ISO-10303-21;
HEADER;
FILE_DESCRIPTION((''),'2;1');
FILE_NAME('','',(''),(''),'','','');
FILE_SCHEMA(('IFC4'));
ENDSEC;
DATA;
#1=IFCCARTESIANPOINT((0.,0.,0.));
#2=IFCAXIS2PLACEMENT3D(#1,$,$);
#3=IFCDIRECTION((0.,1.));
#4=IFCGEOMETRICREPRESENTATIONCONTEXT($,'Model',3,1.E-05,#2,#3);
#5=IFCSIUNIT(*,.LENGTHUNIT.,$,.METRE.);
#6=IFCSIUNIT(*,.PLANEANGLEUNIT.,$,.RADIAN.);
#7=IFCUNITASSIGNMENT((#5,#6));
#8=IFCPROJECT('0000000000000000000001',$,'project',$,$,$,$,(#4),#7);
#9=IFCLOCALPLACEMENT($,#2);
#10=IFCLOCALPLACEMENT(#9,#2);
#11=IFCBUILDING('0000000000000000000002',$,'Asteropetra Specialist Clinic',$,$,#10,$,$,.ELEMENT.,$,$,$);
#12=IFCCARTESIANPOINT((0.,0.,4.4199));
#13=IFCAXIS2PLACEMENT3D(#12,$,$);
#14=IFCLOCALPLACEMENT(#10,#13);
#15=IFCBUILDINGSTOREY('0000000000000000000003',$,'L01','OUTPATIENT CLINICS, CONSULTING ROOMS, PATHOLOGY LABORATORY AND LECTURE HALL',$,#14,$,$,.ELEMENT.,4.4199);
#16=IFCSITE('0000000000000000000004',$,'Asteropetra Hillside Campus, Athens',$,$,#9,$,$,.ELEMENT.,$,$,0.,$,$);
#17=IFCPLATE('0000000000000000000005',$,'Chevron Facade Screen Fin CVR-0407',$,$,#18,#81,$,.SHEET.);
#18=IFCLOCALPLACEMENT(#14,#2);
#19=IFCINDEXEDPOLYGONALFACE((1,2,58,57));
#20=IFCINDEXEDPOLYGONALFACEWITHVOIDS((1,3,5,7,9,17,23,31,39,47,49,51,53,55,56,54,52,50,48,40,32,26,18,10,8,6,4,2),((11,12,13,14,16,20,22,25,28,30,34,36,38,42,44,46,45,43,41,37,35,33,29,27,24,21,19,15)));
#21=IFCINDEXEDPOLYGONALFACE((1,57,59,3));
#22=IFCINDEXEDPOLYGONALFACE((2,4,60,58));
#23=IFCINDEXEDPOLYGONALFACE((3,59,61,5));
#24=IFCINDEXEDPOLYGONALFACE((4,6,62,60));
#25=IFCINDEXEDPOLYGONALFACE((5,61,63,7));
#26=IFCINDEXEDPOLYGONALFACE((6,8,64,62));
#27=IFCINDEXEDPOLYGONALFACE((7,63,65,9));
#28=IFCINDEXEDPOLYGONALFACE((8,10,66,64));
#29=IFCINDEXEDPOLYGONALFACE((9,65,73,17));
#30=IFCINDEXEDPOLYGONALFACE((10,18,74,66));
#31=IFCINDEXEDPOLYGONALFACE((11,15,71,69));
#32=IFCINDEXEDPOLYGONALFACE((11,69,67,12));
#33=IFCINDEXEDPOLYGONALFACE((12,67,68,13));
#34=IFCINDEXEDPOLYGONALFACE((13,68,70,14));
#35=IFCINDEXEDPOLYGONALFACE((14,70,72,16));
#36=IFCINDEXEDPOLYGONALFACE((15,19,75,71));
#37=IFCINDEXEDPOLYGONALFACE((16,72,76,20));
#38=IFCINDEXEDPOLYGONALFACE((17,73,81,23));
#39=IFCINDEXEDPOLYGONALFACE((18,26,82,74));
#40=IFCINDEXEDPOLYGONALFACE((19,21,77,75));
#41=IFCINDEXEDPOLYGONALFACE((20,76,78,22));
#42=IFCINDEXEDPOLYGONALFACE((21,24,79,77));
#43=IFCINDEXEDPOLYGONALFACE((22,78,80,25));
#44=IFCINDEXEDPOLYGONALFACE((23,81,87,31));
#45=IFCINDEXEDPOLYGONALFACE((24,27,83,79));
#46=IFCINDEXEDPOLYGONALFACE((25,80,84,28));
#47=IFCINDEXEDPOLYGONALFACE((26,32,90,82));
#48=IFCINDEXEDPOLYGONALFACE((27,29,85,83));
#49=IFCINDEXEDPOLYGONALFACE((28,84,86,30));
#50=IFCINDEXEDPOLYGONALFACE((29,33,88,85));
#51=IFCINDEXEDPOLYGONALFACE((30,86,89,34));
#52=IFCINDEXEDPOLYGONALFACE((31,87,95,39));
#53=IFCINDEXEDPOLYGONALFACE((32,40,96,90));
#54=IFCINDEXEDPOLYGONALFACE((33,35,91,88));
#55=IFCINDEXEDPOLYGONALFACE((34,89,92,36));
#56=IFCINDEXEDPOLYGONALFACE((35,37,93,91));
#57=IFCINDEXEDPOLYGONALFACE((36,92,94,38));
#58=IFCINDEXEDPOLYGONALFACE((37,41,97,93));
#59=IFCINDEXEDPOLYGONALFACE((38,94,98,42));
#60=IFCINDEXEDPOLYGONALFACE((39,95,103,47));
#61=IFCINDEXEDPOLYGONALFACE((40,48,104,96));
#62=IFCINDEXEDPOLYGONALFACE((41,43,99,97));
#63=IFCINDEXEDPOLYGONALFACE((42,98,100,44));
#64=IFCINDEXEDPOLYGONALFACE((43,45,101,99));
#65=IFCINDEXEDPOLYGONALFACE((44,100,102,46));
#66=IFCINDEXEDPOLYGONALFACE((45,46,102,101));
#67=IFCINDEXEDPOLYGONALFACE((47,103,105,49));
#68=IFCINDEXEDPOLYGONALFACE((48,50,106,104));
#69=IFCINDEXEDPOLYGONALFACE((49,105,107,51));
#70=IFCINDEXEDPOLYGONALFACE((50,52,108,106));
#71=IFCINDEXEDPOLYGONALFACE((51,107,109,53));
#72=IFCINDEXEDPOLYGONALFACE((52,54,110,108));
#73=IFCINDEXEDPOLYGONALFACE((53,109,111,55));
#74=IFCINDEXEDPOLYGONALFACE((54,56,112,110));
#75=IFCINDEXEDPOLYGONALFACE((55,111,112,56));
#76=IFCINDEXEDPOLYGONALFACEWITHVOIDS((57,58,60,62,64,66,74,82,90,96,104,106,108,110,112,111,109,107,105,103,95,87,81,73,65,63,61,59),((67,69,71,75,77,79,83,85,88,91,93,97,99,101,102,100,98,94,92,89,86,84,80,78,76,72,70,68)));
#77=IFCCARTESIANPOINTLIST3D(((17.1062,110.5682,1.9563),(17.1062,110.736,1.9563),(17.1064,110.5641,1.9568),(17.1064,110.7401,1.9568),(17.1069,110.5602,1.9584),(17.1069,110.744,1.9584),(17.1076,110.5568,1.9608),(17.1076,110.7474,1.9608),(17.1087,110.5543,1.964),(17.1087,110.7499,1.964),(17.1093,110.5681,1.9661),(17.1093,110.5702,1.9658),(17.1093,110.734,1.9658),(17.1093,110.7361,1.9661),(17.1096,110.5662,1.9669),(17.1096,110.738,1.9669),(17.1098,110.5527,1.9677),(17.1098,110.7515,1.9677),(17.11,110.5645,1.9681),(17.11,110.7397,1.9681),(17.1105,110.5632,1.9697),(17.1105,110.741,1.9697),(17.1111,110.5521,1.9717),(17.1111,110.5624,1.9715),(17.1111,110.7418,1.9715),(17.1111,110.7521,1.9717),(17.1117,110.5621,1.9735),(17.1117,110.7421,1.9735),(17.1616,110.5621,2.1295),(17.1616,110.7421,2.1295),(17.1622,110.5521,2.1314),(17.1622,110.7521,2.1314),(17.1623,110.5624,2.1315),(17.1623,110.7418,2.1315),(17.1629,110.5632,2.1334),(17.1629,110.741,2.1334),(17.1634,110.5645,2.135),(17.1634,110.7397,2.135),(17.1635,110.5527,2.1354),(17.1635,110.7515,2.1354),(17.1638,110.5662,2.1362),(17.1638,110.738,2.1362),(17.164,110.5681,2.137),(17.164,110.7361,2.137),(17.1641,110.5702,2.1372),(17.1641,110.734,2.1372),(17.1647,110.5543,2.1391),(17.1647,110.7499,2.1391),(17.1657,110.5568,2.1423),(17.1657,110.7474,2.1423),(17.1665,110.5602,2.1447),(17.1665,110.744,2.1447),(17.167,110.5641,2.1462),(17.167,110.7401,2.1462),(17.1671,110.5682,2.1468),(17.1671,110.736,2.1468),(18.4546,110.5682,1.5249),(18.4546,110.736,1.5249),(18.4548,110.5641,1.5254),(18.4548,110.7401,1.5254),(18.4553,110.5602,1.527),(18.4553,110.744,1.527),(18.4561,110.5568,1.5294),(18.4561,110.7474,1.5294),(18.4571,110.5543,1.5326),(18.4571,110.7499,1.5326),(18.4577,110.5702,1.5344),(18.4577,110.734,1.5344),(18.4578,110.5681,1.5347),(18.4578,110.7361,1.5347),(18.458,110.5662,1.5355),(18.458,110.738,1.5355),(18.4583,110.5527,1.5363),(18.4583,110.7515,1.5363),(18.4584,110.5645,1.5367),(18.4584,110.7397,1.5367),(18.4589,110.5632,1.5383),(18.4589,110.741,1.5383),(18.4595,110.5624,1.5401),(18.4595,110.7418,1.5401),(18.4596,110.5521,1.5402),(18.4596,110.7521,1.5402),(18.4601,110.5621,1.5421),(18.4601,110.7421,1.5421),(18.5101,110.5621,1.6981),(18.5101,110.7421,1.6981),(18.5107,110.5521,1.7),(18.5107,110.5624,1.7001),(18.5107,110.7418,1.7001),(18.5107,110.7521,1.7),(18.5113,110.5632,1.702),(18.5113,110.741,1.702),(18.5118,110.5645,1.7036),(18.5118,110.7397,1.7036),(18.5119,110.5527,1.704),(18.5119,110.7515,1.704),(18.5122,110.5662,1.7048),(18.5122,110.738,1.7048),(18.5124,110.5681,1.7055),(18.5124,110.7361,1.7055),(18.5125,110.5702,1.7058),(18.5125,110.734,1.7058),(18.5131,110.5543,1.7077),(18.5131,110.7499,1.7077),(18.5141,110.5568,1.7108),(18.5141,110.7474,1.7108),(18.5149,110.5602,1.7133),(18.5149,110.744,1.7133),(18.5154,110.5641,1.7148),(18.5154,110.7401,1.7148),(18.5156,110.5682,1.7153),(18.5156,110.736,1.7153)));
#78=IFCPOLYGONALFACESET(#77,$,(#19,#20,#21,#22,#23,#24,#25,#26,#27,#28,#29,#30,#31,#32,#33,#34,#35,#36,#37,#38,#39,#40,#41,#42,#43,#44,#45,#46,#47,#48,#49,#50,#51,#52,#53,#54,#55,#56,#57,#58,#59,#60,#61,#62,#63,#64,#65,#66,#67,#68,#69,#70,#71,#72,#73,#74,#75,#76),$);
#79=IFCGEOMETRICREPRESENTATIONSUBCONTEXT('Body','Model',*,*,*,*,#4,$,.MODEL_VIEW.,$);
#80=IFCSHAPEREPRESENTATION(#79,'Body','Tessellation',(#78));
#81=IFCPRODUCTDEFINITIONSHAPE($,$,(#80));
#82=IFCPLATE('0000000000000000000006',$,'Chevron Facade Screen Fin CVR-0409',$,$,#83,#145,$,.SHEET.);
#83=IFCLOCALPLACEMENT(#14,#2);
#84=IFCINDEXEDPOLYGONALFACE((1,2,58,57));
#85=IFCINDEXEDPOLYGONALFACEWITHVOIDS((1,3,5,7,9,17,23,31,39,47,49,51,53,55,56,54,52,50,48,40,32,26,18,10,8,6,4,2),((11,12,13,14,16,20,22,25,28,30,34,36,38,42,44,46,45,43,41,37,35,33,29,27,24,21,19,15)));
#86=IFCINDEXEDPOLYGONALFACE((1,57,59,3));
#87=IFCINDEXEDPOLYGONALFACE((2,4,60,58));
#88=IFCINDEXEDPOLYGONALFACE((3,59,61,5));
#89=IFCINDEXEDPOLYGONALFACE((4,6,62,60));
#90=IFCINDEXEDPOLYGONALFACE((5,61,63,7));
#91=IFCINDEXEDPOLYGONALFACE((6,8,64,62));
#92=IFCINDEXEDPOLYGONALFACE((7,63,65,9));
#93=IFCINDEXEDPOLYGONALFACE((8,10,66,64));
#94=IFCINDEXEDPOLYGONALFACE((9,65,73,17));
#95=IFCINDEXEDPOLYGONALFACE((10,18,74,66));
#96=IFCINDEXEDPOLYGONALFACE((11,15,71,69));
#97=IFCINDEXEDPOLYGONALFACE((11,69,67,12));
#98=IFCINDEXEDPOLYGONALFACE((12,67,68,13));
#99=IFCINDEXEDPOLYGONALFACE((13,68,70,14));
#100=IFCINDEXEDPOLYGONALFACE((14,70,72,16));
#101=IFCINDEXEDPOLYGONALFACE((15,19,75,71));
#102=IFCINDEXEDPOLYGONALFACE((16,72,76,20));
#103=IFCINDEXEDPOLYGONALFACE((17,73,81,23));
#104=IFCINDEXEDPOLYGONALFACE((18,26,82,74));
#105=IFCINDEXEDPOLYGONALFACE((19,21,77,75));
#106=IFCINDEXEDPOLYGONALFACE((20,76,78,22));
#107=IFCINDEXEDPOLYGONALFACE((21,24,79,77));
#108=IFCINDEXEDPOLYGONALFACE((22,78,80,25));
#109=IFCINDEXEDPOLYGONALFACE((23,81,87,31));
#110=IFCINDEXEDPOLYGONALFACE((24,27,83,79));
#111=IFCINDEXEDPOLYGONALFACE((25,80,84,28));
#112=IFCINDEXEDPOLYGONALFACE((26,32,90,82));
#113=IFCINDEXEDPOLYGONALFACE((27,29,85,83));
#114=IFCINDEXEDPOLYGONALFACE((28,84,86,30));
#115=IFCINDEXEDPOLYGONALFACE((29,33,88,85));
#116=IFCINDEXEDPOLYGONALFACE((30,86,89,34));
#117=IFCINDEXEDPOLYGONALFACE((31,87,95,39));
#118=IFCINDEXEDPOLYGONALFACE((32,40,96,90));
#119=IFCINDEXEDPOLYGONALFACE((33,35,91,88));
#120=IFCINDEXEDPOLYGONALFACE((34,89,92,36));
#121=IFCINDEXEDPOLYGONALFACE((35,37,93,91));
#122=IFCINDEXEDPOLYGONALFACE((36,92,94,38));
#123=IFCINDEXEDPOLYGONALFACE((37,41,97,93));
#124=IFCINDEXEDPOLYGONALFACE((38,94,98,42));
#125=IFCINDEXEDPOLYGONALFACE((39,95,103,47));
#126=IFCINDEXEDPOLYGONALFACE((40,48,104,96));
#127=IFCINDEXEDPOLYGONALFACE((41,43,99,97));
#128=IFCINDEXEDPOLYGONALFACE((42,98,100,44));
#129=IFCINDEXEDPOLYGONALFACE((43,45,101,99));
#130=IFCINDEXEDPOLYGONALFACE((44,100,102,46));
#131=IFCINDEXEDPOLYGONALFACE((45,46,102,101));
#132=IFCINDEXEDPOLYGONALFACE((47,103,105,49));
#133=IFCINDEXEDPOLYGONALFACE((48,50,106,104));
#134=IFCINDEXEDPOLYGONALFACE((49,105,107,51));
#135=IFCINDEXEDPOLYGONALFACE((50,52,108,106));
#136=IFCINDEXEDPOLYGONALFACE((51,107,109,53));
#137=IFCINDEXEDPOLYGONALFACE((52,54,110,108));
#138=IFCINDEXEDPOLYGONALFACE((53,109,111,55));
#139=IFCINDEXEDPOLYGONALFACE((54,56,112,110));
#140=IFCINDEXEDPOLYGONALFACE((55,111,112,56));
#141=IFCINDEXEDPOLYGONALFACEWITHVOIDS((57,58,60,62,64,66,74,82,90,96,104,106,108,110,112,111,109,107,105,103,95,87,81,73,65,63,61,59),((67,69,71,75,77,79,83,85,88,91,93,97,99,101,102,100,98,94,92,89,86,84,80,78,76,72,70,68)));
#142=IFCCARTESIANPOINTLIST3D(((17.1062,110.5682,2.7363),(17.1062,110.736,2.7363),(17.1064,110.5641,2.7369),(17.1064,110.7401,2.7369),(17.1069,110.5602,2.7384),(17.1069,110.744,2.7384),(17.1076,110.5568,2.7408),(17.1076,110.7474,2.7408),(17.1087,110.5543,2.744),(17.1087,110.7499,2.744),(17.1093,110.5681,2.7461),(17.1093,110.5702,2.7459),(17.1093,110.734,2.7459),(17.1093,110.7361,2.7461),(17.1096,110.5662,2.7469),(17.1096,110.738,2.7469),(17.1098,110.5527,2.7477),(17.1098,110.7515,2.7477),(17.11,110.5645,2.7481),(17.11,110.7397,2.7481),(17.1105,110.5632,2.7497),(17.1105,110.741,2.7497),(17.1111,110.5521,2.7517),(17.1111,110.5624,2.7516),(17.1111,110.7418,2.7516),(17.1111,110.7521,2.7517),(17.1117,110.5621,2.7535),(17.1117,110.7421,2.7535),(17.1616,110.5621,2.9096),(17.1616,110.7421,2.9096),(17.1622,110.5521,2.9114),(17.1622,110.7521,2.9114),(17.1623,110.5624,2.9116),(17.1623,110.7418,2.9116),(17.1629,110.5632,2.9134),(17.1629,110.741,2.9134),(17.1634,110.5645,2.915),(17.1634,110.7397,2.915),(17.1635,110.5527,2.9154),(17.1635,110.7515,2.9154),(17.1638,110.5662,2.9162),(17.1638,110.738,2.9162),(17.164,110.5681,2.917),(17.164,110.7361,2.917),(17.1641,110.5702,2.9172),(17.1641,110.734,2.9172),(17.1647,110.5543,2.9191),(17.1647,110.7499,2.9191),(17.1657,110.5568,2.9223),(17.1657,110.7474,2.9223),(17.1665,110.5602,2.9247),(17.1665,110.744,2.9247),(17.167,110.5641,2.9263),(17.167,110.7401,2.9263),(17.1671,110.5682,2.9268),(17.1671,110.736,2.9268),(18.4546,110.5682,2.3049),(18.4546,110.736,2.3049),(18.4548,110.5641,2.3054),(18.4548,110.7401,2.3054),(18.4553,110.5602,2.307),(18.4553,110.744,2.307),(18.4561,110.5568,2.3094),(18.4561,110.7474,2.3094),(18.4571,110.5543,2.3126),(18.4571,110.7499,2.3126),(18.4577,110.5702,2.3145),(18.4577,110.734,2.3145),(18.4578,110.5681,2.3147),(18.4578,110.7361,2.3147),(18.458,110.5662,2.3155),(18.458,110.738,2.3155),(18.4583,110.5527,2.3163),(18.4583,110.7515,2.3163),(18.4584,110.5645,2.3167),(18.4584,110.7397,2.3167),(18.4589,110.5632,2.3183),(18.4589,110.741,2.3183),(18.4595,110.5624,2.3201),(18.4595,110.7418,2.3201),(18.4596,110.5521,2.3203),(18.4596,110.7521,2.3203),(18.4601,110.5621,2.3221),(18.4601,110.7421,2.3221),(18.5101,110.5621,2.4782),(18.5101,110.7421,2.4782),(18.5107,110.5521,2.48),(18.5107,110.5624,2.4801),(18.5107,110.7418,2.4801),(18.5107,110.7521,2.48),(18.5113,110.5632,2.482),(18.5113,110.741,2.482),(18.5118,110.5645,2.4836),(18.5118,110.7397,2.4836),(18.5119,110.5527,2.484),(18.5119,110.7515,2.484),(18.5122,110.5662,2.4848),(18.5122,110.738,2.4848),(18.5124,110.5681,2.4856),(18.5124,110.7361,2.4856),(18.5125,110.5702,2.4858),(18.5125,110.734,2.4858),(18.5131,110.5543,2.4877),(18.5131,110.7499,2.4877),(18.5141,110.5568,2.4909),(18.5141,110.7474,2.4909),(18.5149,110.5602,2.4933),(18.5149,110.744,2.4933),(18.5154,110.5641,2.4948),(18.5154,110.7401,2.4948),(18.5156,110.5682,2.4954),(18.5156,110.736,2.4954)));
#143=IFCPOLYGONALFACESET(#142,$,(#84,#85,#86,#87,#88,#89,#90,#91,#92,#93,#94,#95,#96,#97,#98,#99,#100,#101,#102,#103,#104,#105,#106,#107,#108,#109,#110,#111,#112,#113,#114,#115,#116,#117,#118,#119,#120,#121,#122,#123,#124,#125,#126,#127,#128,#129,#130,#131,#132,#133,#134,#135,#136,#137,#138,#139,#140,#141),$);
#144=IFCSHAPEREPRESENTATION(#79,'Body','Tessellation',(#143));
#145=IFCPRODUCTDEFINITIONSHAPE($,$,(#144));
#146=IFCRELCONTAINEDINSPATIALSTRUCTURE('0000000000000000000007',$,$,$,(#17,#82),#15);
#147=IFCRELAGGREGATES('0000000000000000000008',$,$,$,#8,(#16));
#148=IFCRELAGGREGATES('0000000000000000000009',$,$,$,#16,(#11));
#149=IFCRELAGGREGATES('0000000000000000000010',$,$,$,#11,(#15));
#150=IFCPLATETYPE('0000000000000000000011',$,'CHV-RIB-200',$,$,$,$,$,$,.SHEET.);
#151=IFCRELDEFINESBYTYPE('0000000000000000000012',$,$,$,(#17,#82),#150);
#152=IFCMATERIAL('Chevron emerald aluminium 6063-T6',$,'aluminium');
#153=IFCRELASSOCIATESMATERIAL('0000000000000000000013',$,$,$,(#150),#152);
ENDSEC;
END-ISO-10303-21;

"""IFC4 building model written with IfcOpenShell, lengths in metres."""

from ifc_helpers import new_model, si_unit, direction, frame, origin, origin_2d, place, context, subcontext, project, spatial, hollow_rectangle, extrude, material, material_profile, profile_set, type_object, element, save


model = new_model("IFC4")

# Units and contexts
model_context = context("Model", 3, precision=1e-05, world=origin(), true_north=direction((0.0, 1.0)))
body_context = subcontext(model_context, "Body", "Model", "MODEL_VIEW")
ifc_project = project(units=[si_unit("LENGTHUNIT", "METRE"), si_unit("PLANEANGLEUNIT", "RADIAN")], contexts=[model_context])

# Site, building, storey
site_placement = place(None, origin())
site = spatial("IfcSite", under=ifc_project, at=site_placement, Name="Asteropetra Hillside Campus, Athens", CompositionType="ELEMENT", RefElevation=0.0)
building_placement = place(site_placement, origin())
building = spatial("IfcBuilding", under=site, at=building_placement, Name="Asteropetra Specialist Clinic", CompositionType="ELEMENT")
storey_placement = place(building_placement, frame((0.0, 0.0, 4.4199)))
storey = spatial("IfcBuildingStorey", under=building, at=storey_placement, Name="L01", Description="OUTPATIENT CLINICS, CONSULTING ROOMS, PATHOLOGY LABORATORY AND LECTURE HALL", CompositionType="ELEMENT", Elevation=4.4199)

# Plates
ifc_material_1 = material(Name="Chevron emerald aluminium 6063-T6", Category="aluminium")
ifc_material_profile_1 = material_profile(ifc_material_1, hollow_rectangle(XDim=0.2, YDim=0.2, WallThickness=0.01, InnerFilletRadius=0.0081, OuterFilletRadius=0.0161, at=origin_2d()), Name="SHS 200x200x10.0")
ifc_profile_set_1 = profile_set([ifc_material_profile_1], Name="Chevron emerald aluminium 6063-T6")
plate_type_1 = type_object("IfcPlateType", Name="CHV-RIB-200", PredefinedType="SHEET", material=ifc_profile_set_1)
for number, where, z_axis, x_axis, name in (
    (1, (18.4851, 110.6521, 1.6201), (-0.952442, 0.0, 0.304719), (0.0, -1.0, 0.0), "Chevron Facade Screen Fin CVR-0407"),
    (2, (18.4851, 110.6521, 2.4001), (-0.952442, 0.0, 0.304719), (0.0, -1.0, 0.0), "Chevron Facade Screen Fin CVR-0409"),
):
    element("IfcPlate", number, at=place(storey_placement, frame(where, z_axis=z_axis, x_axis=x_axis)), inside=storey, type_object=plate_type_1, Name=name, PredefinedType="SHEET", context=body_context, shape_type="SweptSolid", body=[
        extrude(hollow_rectangle(XDim=0.2, YDim=0.2, WallThickness=0.01, InnerFilletRadius=0.0081, OuterFilletRadius=0.0161, at=origin_2d()), origin(), (0.0, 0.0, 1.0), 1.4158),
    ])

save(model, "model.ifc")
